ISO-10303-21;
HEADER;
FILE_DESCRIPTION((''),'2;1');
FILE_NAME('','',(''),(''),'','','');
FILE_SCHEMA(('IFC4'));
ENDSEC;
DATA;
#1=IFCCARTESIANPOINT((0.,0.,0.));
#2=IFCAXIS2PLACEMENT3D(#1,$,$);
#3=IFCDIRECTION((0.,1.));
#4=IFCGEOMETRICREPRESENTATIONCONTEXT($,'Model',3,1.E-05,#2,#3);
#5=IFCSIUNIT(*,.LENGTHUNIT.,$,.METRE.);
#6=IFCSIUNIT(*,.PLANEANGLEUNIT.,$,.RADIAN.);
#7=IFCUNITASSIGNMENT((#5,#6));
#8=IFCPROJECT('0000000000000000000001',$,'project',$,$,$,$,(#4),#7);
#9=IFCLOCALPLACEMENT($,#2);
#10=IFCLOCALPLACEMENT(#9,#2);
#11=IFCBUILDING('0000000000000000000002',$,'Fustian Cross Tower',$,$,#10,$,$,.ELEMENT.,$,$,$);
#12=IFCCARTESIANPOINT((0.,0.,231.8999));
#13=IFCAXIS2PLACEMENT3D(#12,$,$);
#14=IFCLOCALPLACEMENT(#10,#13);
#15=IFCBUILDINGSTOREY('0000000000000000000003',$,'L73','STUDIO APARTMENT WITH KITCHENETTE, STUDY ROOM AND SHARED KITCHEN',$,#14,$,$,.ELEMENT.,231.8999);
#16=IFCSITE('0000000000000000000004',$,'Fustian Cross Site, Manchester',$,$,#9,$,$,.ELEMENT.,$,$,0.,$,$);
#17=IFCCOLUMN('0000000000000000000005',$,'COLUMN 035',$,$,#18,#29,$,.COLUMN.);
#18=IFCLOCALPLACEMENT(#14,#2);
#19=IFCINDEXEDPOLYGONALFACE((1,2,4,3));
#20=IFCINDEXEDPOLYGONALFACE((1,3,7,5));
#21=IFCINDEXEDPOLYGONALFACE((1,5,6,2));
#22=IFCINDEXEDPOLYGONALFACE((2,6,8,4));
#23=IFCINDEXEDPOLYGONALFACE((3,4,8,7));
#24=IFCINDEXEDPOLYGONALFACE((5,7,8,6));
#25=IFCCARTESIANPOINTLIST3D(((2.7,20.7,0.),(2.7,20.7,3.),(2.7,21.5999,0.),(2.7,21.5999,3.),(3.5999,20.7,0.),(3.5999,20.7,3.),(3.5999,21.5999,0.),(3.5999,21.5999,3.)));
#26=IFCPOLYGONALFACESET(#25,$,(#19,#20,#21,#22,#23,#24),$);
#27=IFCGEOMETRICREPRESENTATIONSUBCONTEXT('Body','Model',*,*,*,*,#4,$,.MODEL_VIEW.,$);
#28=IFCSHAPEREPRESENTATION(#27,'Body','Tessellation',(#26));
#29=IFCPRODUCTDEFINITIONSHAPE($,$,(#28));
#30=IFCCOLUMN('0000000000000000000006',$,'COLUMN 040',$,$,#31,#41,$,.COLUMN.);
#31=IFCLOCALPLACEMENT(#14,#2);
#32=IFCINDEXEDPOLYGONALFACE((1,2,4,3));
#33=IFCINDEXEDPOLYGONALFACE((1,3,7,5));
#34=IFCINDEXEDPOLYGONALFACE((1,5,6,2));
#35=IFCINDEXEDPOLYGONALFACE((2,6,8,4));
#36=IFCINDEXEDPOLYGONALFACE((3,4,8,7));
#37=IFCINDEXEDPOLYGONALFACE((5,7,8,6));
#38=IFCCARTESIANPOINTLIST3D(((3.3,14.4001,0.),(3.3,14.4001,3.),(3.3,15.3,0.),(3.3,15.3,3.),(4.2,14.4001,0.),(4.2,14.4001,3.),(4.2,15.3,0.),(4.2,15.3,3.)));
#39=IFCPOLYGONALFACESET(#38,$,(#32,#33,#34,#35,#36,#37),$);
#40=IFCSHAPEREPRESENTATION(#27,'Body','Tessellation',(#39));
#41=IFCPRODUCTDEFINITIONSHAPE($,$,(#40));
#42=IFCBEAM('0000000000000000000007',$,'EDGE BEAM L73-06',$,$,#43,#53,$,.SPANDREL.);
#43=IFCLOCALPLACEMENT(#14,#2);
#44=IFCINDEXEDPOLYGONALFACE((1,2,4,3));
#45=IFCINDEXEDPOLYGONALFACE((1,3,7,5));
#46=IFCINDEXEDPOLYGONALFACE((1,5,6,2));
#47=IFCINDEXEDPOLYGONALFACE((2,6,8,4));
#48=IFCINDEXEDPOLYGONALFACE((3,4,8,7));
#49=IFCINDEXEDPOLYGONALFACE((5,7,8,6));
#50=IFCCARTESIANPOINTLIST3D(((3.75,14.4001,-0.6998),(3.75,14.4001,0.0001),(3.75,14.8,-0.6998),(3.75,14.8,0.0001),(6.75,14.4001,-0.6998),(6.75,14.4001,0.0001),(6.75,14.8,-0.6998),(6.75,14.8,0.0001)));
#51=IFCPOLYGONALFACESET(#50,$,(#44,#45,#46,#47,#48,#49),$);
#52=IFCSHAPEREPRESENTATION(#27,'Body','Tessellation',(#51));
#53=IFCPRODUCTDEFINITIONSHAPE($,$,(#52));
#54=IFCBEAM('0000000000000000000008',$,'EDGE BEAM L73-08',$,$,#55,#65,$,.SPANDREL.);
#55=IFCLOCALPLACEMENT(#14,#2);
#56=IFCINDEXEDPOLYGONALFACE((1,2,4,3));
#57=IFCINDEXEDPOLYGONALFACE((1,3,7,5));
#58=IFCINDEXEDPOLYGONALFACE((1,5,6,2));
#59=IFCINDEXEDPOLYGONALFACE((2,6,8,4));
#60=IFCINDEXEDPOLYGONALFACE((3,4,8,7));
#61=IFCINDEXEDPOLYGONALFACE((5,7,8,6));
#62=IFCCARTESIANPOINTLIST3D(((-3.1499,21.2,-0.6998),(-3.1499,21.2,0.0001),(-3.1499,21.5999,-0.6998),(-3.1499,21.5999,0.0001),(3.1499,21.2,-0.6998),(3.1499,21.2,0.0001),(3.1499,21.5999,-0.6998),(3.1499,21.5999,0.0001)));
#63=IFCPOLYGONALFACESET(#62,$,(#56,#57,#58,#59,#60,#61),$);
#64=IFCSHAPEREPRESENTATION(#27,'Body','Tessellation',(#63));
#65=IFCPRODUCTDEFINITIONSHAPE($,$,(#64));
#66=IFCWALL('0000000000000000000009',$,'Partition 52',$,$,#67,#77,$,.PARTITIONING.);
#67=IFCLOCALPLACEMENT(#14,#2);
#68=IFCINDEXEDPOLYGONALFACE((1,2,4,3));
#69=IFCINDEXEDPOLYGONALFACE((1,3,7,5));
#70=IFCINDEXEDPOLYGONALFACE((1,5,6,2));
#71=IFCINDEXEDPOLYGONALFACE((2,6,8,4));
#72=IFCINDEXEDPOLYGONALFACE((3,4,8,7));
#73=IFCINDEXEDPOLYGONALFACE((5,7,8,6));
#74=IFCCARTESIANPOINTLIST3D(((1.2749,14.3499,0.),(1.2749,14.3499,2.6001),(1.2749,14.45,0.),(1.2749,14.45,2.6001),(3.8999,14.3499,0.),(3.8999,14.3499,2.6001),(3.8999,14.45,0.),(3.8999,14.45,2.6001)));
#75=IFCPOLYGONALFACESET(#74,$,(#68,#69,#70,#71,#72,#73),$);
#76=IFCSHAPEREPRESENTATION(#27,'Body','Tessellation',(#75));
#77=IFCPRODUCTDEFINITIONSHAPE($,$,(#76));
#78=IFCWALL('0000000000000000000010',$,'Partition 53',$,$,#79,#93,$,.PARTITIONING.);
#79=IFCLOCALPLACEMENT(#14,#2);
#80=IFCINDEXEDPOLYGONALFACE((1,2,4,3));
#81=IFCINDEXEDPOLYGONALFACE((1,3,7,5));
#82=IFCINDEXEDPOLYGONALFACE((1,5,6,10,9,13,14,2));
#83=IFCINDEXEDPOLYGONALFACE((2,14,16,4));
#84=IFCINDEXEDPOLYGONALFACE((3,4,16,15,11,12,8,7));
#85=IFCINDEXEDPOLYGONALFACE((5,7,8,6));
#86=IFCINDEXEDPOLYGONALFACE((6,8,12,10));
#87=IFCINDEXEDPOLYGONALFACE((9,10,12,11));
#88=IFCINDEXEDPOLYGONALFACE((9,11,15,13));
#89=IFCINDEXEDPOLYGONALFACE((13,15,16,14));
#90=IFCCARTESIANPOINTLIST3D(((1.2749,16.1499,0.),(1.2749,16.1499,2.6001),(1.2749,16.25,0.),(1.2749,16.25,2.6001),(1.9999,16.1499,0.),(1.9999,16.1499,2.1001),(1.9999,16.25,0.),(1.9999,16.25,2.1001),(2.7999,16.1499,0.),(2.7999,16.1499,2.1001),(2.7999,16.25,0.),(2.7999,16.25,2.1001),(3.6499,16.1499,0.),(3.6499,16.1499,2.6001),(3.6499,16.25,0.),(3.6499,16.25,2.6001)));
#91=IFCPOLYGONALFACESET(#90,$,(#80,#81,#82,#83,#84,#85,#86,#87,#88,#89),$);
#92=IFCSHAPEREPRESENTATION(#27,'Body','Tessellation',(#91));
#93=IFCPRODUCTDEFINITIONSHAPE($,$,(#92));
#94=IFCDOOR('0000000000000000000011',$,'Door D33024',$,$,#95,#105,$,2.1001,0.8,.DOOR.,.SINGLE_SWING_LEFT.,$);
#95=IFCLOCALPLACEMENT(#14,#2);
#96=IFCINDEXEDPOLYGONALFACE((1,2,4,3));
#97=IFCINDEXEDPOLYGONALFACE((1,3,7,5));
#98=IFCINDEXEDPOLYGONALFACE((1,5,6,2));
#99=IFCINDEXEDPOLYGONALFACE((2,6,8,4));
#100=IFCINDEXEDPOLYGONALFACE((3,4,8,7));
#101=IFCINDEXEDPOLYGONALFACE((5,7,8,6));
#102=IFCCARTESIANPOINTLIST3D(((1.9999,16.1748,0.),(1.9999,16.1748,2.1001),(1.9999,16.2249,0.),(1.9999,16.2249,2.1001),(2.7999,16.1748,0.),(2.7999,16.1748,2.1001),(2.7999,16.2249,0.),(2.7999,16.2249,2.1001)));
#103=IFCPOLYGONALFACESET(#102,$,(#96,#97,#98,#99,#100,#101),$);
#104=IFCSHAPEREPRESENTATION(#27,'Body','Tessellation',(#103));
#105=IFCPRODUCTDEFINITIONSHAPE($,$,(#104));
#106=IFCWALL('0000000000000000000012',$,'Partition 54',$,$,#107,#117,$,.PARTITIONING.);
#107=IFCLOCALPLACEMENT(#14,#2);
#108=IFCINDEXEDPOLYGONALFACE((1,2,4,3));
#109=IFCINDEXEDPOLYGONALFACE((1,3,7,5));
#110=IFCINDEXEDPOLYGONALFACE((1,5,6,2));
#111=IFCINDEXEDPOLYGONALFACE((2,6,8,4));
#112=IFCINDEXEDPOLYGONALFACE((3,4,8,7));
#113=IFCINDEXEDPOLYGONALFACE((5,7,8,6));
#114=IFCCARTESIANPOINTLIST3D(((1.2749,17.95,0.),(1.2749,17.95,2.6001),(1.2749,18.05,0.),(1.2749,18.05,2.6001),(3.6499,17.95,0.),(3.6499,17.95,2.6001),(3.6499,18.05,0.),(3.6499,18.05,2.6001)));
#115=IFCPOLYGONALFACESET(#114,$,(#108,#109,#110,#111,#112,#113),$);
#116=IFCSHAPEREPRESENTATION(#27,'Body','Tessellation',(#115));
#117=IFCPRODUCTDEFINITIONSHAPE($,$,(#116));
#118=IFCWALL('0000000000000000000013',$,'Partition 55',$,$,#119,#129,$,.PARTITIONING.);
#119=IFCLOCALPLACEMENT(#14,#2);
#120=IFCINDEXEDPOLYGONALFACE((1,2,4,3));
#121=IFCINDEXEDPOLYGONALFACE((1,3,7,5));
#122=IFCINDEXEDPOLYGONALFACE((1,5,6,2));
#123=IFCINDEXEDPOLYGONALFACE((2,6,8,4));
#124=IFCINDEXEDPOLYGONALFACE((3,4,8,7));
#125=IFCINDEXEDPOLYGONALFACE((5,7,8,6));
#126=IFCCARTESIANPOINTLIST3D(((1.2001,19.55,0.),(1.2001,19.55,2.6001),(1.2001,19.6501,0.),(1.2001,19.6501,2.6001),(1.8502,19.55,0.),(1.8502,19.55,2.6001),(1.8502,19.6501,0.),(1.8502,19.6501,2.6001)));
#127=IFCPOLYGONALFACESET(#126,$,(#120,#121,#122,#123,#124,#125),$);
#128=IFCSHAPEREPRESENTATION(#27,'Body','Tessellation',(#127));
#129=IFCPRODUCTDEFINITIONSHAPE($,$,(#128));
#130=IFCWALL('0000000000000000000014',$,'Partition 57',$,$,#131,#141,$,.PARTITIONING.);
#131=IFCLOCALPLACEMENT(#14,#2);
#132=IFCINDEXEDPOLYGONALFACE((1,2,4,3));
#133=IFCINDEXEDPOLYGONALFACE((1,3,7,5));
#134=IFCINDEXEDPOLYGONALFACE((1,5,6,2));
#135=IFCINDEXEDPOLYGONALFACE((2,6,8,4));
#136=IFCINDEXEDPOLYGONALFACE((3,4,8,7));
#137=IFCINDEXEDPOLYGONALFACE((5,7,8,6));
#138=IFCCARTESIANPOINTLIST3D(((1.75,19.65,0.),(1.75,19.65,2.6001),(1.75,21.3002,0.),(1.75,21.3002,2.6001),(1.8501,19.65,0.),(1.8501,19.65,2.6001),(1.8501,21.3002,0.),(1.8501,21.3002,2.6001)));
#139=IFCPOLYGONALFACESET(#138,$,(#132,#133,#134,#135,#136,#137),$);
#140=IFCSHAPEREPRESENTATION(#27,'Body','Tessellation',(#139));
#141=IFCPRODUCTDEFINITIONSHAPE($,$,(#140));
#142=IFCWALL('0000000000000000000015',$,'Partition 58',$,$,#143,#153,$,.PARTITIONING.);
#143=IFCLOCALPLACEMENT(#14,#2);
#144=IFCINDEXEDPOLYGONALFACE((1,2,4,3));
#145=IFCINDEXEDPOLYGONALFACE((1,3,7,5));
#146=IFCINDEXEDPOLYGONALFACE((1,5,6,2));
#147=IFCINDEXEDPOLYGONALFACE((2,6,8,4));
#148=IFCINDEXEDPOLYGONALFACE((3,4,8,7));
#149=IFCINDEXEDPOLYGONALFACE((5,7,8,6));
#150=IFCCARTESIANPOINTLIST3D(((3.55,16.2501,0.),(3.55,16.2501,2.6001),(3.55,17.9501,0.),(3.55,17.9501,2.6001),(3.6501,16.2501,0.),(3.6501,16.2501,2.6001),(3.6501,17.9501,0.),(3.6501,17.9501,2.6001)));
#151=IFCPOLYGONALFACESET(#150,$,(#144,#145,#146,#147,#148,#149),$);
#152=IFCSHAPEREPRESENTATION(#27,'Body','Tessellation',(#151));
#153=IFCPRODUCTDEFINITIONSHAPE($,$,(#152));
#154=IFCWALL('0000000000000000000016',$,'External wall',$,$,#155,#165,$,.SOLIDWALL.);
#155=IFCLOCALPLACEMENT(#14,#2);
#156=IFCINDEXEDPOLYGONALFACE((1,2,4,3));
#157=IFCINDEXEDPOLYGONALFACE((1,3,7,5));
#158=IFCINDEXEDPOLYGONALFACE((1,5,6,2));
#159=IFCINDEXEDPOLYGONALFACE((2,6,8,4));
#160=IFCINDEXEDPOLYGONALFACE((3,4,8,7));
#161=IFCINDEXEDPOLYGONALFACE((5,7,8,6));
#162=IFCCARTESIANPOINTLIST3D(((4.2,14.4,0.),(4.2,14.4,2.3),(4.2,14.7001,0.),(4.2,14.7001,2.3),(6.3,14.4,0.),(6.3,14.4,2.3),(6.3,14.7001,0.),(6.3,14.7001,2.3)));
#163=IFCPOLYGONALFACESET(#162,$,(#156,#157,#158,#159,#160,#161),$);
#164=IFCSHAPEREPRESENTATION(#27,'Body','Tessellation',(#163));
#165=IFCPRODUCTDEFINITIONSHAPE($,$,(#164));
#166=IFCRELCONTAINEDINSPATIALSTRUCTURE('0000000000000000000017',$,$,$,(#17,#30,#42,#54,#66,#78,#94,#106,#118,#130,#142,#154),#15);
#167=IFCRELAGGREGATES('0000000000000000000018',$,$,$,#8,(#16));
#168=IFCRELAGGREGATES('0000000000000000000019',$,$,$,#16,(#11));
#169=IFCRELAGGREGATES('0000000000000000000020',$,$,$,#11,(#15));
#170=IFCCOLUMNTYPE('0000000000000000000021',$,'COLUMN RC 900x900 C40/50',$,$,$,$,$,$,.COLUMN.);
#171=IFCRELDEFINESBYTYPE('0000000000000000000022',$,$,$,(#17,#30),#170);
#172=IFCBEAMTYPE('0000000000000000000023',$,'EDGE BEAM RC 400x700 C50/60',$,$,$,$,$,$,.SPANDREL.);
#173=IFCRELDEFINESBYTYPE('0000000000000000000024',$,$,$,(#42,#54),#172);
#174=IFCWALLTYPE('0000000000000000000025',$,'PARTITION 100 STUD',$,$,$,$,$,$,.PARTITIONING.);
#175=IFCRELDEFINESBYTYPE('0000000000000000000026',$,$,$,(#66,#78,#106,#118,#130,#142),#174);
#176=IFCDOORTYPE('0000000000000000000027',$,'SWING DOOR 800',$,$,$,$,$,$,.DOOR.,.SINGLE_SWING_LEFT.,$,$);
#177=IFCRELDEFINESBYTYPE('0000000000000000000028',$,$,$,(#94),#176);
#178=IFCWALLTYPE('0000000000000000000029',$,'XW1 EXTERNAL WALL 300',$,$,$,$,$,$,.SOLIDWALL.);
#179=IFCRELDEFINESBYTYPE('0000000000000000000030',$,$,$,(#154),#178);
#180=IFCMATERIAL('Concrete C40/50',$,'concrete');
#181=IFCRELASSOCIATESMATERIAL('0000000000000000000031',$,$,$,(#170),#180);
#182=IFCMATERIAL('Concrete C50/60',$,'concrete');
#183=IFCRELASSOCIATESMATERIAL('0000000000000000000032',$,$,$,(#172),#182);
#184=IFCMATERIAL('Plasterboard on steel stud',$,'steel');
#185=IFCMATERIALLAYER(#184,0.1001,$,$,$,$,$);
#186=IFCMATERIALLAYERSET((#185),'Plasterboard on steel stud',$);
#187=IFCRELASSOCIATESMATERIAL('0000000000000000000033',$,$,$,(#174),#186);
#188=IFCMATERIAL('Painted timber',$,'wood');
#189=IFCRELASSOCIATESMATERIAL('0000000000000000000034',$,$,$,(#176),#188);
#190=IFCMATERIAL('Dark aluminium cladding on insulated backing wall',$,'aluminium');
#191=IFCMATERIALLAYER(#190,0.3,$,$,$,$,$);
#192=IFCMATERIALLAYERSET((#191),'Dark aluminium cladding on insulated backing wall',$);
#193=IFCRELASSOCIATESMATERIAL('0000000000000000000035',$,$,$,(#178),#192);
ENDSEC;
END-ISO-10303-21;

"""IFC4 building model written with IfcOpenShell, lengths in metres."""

from ifc_helpers import new_model, si_unit, direction, frame, frame_2d, origin, origin_2d, place, context, subcontext, project, spatial, rectangle, extrude, material, layer, layer_set, material_profile, profile_set, type_object, element, fill, save


model = new_model("IFC4")

# Units and contexts
model_context = context("Model", 3, precision=1e-05, world=origin(), true_north=direction((0.0, 1.0)))
body_context = subcontext(model_context, "Body", "Model", "MODEL_VIEW")
ifc_project = project(units=[si_unit("LENGTHUNIT", "METRE"), si_unit("PLANEANGLEUNIT", "RADIAN")], contexts=[model_context])

# Site, building, storey
site_placement = place(None, origin())
site = spatial("IfcSite", under=ifc_project, at=site_placement, Name="Fustian Cross Site, Manchester", CompositionType="ELEMENT", RefElevation=0.0)
building_placement = place(site_placement, origin())
building = spatial("IfcBuilding", under=site, at=building_placement, Name="Fustian Cross Tower", CompositionType="ELEMENT")
storey_placement = place(building_placement, frame((0.0, 0.0, 231.8999)))
storey = spatial("IfcBuildingStorey", under=building, at=storey_placement, Name="L73", Description="STUDIO APARTMENT WITH KITCHENETTE, STUDY ROOM AND SHARED KITCHEN", CompositionType="ELEMENT", Elevation=231.8999)

# Columns
ifc_material_1 = material(Name="Concrete C40/50", Category="concrete")
ifc_material_profile_1 = material_profile(ifc_material_1, rectangle(XDim=0.8999, YDim=0.8999, at=origin_2d()), Name="RC 900x900")
ifc_profile_set_1 = profile_set([ifc_material_profile_1], Name="Concrete C40/50")
column_type = type_object("IfcColumnType", Name="COLUMN RC 900x900 C40/50", PredefinedType="COLUMN", material=ifc_profile_set_1)
for number, where, z_axis, x_axis, name in (
    (1, (3.1499, 21.1499, 0.0), (0.0, 0.0, 1.0), (1.0, 0.0, 0.0), "COLUMN 035"),
    (2, (3.75, 14.8501, 0.0), (0.0, 0.0, 1.0), (1.0, 0.0, 0.0), "COLUMN 040"),
):
    element("IfcColumn", number, at=place(storey_placement, frame(where, z_axis=z_axis, x_axis=x_axis)), inside=storey, type_object=column_type, Name=name, PredefinedType="COLUMN", context=body_context, shape_type="SweptSolid", body=[
        extrude(rectangle(XDim=0.8999, YDim=0.8999, at=origin_2d()), origin(), (0.0, 0.0, 1.0), 3.0),
    ])

# Beams
ifc_material_2 = material(Name="Concrete C50/60", Category="concrete")
ifc_material_profile_2 = material_profile(ifc_material_2, rectangle(XDim=0.3999, YDim=0.7, at=origin_2d()), Name="RC 400x700")
ifc_profile_set_2 = profile_set([ifc_material_profile_2], Name="Concrete C50/60")
beam_type = type_object("IfcBeamType", Name="EDGE BEAM RC 400x700 C50/60", PredefinedType="SPANDREL", material=ifc_profile_set_2)
beam_1_placement = place(storey_placement, frame((3.75, 14.6001, -0.3499), z_axis=(1.0, 0.0, 0.0), x_axis=(0.0, 1.0, 0.0)))
element("IfcBeam", 3, at=beam_1_placement, inside=storey, type_object=beam_type, Name="EDGE BEAM L73-06", PredefinedType="SPANDREL", context=body_context, shape_type="SweptSolid", body=[
    extrude(rectangle(XDim=0.3999, YDim=0.7, at=origin_2d()), origin(), (0.0, 0.0, 1.0), 3.0),
])
beam_2_placement = place(storey_placement, frame((3.1499, 21.3999, -0.3499), z_axis=(-1.0, 0.0, 0.0), x_axis=(0.0, -1.0, 0.0)))
element("IfcBeam", 4, at=beam_2_placement, inside=storey, type_object=beam_type, Name="EDGE BEAM L73-08", PredefinedType="SPANDREL", context=body_context, shape_type="SweptSolid", body=[
    extrude(rectangle(XDim=0.3999, YDim=0.7, at=origin_2d()), origin(), (0.0, 0.0, 1.0), 6.2998),
])

# Wall
ifc_material_3 = material(Name="Plasterboard on steel stud", Category="steel")
ifc_layer_1 = layer(ifc_material_3, 0.1001)
ifc_layer_set_1 = layer_set([ifc_layer_1], Name="Plasterboard on steel stud")
wall_type_1 = type_object("IfcWallType", Name="PARTITION 100 STUD", PredefinedType="PARTITIONING", material=ifc_layer_set_1)
wall_1_placement = place(storey_placement, frame((1.2749, 14.3999, 0.0), z_axis=(0.0, 0.0, 1.0), x_axis=(1.0, 0.0, 0.0)))
element("IfcWall", 5, at=wall_1_placement, inside=storey, type_object=wall_type_1, Name="Partition 52", PredefinedType="PARTITIONING", context=body_context, shape_type="SweptSolid", body=[
    extrude(rectangle(XDim=2.625, YDim=0.1001, at=frame_2d((1.3125, 0.0))), origin(), (0.0, 0.0, 1.0), 2.6001),
])

# Wall, opening, door
wall_2_placement = place(storey_placement, frame((1.2749, 16.2, 0.0), z_axis=(0.0, 0.0, 1.0), x_axis=(1.0, 0.0, 0.0)))
wall_2 = element("IfcWall", 6, at=wall_2_placement, inside=storey, type_object=wall_type_1, Name="Partition 53", PredefinedType="PARTITIONING", context=body_context, shape_type="SweptSolid", body=[
    extrude(rectangle(XDim=2.375, YDim=0.1001, at=frame_2d((1.1875, 0.0))), origin(), (0.0, 0.0, 1.0), 2.6001),
])
opening_1_placement = place(wall_2_placement, frame((0.7251, 0.0, 0.0)))
opening_1 = element("IfcOpeningElement", 7, at=opening_1_placement, cuts=wall_2, PredefinedType="OPENING", context=body_context, shape_type="SweptSolid", body=[
    extrude(rectangle(XDim=0.8, YDim=2.1001, at=frame_2d((0.3999, 1.05))), frame((0.0, 0.0601, 0.0), z_axis=(0.0, -1.0, 0.0), x_axis=(1.0, 0.0, 0.0)), (0.0, 0.0, 1.0), 0.1201),
])
ifc_material_4 = material(Name="Painted timber", Category="wood")
door_type = type_object("IfcDoorType", Name="SWING DOOR 800", OperationType="SINGLE_SWING_LEFT", PredefinedType="DOOR", material=ifc_material_4)
door_placement = place(opening_1_placement, origin())
door = element("IfcDoor", 8, at=door_placement, inside=storey, type_object=door_type, Name="Door D33024", OperationType="SINGLE_SWING_LEFT", OverallHeight=2.1001, OverallWidth=0.8, PredefinedType="DOOR", context=body_context, shape_type="SweptSolid", body=[
    extrude(rectangle(XDim=0.8, YDim=2.1001, at=frame_2d((0.3999, 1.05))), frame((0.0, 0.0249, 0.0), z_axis=(0.0, -1.0, 0.0), x_axis=(1.0, 0.0, 0.0)), (0.0, 0.0, 1.0), 0.05),
])
fill(opening_1, door)

# Walls
wall_3_placement = place(storey_placement, frame((1.2749, 18.0, 0.0), z_axis=(0.0, 0.0, 1.0), x_axis=(1.0, 0.0, 0.0)))
element("IfcWall", 9, at=wall_3_placement, inside=storey, type_object=wall_type_1, Name="Partition 54", PredefinedType="PARTITIONING", context=body_context, shape_type="SweptSolid", body=[
    extrude(rectangle(XDim=2.375, YDim=0.1001, at=frame_2d((1.1875, 0.0))), origin(), (0.0, 0.0, 1.0), 2.6001),
])
wall_4_placement = place(storey_placement, frame((1.2, 19.6001, 0.0), z_axis=(0.0, 0.0, 1.0), x_axis=(1.0, 0.0, 0.0)))
element("IfcWall", 10, at=wall_4_placement, inside=storey, type_object=wall_type_1, Name="Partition 55", PredefinedType="PARTITIONING", context=body_context, shape_type="SweptSolid", body=[
    extrude(rectangle(XDim=0.6501, YDim=0.1001, at=frame_2d((0.3252, 0.0))), origin(), (0.0, 0.0, 1.0), 2.6001),
])
wall_5_placement = place(storey_placement, frame((1.8, 19.6499, 0.0), z_axis=(0.0, 0.0, 1.0), x_axis=(0.0, 1.0, 0.0)))
element("IfcWall", 11, at=wall_5_placement, inside=storey, type_object=wall_type_1, Name="Partition 57", PredefinedType="PARTITIONING", context=body_context, shape_type="SweptSolid", body=[
    extrude(rectangle(XDim=1.6501, YDim=0.1001, at=frame_2d((0.8252, 0.0))), origin(), (0.0, 0.0, 1.0), 2.6001),
])
wall_6_placement = place(storey_placement, frame((3.6001, 16.25, 0.0), z_axis=(0.0, 0.0, 1.0), x_axis=(0.0, 1.0, 0.0)))
element("IfcWall", 12, at=wall_6_placement, inside=storey, type_object=wall_type_1, Name="Partition 58", PredefinedType="PARTITIONING", context=body_context, shape_type="SweptSolid", body=[
    extrude(rectangle(XDim=1.7, YDim=0.1001, at=frame_2d((0.8501, 0.0))), origin(), (0.0, 0.0, 1.0), 2.6001),
])
ifc_material_5 = material(Name="Dark aluminium cladding on insulated backing wall", Category="aluminium")
ifc_layer_2 = layer(ifc_material_5, 0.3)
ifc_layer_set_2 = layer_set([ifc_layer_2], Name="Dark aluminium cladding on insulated backing wall")
wall_type_2 = type_object("IfcWallType", Name="XW1 EXTERNAL WALL 300", PredefinedType="SOLIDWALL", material=ifc_layer_set_2)
wall_7_placement = place(storey_placement, frame((4.2, 14.55, 0.0), z_axis=(0.0, 0.0, 1.0), x_axis=(1.0, 0.0, 0.0)))
element("IfcWall", 13, at=wall_7_placement, inside=storey, type_object=wall_type_2, Name="External wall", PredefinedType="SOLIDWALL", context=body_context, shape_type="SweptSolid", body=[
    extrude(rectangle(XDim=2.1001, YDim=0.3, at=frame_2d((1.05, 0.0))), origin(), (0.0, 0.0, 1.0), 2.3),
])

save(model, "model.ifc")
